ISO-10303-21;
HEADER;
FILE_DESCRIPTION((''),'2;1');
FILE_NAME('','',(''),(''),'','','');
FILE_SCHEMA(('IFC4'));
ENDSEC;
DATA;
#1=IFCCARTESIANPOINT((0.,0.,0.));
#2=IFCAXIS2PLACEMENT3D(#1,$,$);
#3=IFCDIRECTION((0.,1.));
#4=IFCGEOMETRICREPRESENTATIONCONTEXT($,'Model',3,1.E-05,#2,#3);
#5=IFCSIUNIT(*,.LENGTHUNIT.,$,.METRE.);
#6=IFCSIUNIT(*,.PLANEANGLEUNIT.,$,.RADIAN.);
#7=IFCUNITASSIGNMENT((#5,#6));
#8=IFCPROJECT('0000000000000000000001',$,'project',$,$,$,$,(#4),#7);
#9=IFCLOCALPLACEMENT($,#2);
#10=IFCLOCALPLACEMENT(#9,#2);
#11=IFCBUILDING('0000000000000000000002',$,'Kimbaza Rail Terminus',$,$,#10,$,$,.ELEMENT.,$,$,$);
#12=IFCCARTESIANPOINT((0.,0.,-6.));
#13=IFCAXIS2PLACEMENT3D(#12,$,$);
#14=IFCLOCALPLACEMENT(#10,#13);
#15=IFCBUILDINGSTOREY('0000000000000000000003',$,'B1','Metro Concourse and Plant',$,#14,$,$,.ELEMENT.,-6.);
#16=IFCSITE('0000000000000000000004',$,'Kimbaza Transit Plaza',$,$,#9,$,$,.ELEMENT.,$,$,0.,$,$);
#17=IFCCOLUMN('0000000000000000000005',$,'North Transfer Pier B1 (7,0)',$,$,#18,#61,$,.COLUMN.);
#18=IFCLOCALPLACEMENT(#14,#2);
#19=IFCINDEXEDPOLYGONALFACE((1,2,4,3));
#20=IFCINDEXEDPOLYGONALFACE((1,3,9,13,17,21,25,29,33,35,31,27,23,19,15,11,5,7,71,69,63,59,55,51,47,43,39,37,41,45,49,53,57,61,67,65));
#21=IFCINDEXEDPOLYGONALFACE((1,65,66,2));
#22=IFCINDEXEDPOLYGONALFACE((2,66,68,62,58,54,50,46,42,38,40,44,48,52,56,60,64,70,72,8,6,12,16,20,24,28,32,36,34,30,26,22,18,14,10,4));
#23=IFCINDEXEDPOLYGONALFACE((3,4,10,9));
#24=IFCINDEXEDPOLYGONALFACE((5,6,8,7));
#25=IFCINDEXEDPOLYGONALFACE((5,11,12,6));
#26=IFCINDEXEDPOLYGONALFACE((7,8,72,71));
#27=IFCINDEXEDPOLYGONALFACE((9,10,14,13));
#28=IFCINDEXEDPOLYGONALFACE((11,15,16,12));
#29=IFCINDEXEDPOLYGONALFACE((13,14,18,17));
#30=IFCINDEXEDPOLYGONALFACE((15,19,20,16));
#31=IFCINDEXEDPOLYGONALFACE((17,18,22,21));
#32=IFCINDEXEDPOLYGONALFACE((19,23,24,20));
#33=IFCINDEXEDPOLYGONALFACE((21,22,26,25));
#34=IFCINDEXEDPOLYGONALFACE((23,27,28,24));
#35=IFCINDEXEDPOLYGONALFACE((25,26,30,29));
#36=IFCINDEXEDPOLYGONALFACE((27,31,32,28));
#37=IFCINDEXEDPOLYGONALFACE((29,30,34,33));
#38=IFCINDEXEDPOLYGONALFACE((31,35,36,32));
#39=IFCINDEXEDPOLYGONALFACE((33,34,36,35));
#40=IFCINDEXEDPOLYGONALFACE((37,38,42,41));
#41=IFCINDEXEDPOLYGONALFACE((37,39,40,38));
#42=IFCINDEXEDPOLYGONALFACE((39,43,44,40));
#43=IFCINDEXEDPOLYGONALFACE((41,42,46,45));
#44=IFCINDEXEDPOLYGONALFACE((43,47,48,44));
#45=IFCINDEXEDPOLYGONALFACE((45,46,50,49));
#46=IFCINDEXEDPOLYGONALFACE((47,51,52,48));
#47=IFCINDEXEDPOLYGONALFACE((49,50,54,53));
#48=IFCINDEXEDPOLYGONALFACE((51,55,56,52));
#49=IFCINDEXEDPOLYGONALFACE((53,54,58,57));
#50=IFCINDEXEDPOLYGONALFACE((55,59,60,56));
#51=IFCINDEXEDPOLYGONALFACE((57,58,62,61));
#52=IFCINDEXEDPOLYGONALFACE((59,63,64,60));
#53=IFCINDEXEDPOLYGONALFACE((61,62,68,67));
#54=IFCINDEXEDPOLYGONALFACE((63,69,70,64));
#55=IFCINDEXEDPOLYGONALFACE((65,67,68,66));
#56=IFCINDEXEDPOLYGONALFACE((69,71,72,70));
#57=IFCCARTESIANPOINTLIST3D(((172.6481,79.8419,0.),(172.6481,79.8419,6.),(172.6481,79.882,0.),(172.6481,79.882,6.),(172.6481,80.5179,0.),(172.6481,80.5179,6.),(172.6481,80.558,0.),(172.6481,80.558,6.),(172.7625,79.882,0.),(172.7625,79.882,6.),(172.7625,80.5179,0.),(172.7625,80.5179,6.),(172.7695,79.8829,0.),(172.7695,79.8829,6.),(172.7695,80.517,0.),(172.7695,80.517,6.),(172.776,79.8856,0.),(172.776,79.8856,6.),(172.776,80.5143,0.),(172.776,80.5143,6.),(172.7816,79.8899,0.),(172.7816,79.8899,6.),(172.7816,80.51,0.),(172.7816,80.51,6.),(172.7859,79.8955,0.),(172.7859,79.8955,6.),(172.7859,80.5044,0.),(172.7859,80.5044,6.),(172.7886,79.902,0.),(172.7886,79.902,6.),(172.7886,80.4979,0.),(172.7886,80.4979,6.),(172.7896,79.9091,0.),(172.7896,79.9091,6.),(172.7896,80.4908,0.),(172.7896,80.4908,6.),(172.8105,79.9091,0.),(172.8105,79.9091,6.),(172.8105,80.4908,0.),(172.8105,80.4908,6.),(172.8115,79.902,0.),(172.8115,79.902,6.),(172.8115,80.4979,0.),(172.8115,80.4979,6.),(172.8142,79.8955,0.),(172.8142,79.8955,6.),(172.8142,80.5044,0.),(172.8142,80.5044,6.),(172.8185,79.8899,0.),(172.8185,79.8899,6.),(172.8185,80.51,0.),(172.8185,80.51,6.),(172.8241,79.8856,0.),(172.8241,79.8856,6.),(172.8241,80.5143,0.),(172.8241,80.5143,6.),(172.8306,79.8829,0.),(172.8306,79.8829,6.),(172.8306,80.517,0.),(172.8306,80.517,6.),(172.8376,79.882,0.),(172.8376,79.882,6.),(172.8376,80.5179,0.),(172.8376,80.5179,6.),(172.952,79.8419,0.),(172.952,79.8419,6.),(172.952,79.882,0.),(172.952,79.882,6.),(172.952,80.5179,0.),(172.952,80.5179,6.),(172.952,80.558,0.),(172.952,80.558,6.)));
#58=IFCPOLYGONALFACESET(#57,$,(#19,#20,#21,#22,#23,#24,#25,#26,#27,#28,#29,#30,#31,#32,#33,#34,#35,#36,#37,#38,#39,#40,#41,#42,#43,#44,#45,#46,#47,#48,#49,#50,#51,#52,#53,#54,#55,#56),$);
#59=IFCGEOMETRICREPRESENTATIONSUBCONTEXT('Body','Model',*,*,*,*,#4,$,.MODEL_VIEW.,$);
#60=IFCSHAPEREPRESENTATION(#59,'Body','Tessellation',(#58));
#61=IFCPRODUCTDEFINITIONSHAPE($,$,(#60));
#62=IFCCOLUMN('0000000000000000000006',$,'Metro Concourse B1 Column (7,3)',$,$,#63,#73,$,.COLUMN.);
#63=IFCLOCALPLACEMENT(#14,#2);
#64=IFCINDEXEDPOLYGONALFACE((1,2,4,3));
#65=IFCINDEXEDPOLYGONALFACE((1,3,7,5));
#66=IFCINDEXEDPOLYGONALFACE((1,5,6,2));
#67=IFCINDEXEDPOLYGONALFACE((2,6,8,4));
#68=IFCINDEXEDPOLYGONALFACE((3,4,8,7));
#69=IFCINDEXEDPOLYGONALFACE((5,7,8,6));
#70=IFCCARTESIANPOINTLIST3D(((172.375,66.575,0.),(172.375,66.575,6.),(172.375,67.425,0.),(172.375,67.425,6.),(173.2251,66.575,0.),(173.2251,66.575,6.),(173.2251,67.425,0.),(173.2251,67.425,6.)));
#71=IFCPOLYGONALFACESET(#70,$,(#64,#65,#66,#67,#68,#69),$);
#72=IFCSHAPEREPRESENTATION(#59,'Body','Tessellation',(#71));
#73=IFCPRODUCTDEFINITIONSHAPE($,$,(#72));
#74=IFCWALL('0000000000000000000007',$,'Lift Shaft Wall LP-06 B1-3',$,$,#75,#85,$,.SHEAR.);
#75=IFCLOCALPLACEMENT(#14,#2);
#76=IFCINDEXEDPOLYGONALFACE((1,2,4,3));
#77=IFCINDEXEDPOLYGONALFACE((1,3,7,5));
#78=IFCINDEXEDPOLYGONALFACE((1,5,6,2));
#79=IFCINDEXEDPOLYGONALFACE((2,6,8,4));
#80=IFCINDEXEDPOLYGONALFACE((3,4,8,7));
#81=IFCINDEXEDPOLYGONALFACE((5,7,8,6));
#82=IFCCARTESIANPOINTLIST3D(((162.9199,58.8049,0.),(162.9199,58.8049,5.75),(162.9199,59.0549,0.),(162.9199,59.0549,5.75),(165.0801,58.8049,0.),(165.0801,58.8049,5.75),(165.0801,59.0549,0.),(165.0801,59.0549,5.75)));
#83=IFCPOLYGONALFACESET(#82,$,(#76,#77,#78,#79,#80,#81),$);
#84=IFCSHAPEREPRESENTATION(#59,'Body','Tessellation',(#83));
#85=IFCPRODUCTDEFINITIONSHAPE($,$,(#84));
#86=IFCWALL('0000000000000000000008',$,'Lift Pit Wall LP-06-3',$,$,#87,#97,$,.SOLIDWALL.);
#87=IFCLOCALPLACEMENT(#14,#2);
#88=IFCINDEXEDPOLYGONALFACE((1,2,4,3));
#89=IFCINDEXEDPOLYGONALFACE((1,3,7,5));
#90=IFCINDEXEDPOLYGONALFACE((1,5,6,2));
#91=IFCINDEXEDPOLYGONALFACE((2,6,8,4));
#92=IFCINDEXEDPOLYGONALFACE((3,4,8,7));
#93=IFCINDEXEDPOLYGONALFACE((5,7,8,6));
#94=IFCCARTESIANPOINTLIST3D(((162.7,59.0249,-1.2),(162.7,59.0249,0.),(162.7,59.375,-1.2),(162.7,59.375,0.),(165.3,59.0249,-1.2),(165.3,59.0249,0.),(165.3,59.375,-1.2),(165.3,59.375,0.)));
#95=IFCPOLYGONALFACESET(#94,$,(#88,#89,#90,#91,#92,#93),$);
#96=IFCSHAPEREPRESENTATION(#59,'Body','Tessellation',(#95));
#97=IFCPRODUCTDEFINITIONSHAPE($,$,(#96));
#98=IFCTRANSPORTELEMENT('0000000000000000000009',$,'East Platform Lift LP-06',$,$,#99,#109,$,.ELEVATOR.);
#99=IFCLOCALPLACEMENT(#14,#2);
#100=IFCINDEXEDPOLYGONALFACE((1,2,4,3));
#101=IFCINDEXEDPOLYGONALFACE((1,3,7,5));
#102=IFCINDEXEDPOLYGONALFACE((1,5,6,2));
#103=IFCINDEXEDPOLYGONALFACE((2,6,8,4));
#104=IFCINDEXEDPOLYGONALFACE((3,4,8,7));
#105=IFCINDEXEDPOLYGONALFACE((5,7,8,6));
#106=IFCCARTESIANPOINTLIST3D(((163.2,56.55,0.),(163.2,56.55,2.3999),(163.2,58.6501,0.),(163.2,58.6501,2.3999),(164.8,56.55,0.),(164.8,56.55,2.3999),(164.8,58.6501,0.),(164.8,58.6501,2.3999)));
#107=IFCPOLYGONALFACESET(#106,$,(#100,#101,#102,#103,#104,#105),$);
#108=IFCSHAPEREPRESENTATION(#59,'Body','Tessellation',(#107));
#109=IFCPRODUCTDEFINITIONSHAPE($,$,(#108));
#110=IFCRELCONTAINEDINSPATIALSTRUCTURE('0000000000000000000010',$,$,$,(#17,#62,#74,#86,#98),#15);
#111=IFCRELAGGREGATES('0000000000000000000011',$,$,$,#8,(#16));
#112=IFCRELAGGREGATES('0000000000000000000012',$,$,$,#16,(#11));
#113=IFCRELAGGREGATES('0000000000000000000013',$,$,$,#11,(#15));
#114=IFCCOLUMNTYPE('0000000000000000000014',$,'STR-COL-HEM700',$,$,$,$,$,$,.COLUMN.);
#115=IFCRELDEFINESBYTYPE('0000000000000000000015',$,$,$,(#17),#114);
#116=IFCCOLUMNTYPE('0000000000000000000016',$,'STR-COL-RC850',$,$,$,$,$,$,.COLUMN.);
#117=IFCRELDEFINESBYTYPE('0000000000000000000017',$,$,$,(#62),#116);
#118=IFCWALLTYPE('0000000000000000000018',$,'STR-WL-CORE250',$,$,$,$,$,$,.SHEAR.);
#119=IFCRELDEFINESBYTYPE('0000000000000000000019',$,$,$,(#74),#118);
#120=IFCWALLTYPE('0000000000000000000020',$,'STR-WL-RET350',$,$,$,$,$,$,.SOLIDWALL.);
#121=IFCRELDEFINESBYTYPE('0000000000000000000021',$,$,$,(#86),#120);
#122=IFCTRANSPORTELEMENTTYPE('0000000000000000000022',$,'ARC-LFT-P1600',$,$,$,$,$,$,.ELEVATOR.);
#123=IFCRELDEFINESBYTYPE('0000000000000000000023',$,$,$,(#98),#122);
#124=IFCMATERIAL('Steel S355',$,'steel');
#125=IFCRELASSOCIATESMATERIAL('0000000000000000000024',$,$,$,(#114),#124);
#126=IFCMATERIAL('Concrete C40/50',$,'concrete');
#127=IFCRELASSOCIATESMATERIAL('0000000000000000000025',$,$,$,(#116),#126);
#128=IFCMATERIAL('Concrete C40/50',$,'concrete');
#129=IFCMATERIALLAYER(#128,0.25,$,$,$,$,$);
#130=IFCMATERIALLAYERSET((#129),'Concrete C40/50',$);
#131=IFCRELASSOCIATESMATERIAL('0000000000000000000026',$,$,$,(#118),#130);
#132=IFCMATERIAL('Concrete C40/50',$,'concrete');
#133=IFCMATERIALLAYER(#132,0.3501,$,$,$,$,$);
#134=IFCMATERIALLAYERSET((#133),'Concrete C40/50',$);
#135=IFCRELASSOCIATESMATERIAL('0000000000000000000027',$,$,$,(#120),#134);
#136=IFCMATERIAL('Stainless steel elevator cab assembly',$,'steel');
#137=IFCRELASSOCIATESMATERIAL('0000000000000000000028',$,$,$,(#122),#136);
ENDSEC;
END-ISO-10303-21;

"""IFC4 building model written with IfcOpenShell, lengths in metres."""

from ifc_helpers import new_model, si_unit, direction, frame, frame_2d, origin, origin_2d, place, context, subcontext, project, spatial, rectangle, i_section, extrude, material, layer, layer_set, material_profile, profile_set, type_object, element, save


model = new_model("IFC4")

# Units and contexts
model_context = context("Model", 3, precision=1e-05, world=origin(), true_north=direction((0.0, 1.0)))
body_context = subcontext(model_context, "Body", "Model", "MODEL_VIEW")
ifc_project = project(units=[si_unit("LENGTHUNIT", "METRE"), si_unit("PLANEANGLEUNIT", "RADIAN")], contexts=[model_context])

# Site, building, storey
site_placement = place(None, origin())
site = spatial("IfcSite", under=ifc_project, at=site_placement, Name="Kimbaza Transit Plaza", CompositionType="ELEMENT", RefElevation=0.0)
building_placement = place(site_placement, origin())
building = spatial("IfcBuilding", under=site, at=building_placement, Name="Kimbaza Rail Terminus", CompositionType="ELEMENT")
storey_placement = place(building_placement, frame((0.0, 0.0, -6.0)))
storey = spatial("IfcBuildingStorey", under=building, at=storey_placement, Name="B1", Description="Metro Concourse and Plant", CompositionType="ELEMENT", Elevation=-6.0)

# Columns
ifc_material_1 = material(Name="Steel S355", Category="steel")
ifc_material_profile_1 = material_profile(ifc_material_1, i_section(OverallWidth=0.304, OverallDepth=0.7161, WebThickness=0.021, FlangeThickness=0.04, FilletRadius=0.0271, at=origin_2d()), Name="HEM 700")
ifc_profile_set_1 = profile_set([ifc_material_profile_1], Name="Steel S355")
column_type_1 = type_object("IfcColumnType", Name="STR-COL-HEM700", PredefinedType="COLUMN", material=ifc_profile_set_1)
column_1_placement = place(storey_placement, frame((172.8, 80.2, 0.0), z_axis=(0.0, 0.0, 1.0), x_axis=(1.0, 0.0, 0.0)))
element("IfcColumn", 1, at=column_1_placement, inside=storey, type_object=column_type_1, Name="North Transfer Pier B1 (7,0)", PredefinedType="COLUMN", context=body_context, shape_type="SweptSolid", body=[
    extrude(i_section(OverallWidth=0.304, OverallDepth=0.7161, WebThickness=0.021, FlangeThickness=0.04, FilletRadius=0.0271, at=origin_2d()), origin(), (0.0, 0.0, 1.0), 6.0),
])
ifc_material_2 = material(Name="Concrete C40/50", Category="concrete")
ifc_material_profile_2 = material_profile(ifc_material_2, rectangle(XDim=0.8501, YDim=0.8501, at=origin_2d()), Name="RC 850x850")
ifc_profile_set_2 = profile_set([ifc_material_profile_2], Name="Concrete C40/50")
column_type_2 = type_object("IfcColumnType", Name="STR-COL-RC850", PredefinedType="COLUMN", material=ifc_profile_set_2)
column_2_placement = place(storey_placement, frame((172.8, 67.0, 0.0), z_axis=(0.0, 0.0, 1.0), x_axis=(1.0, 0.0, 0.0)))
element("IfcColumn", 2, at=column_2_placement, inside=storey, type_object=column_type_2, Name="Metro Concourse B1 Column (7,3)", PredefinedType="COLUMN", context=body_context, shape_type="SweptSolid", body=[
    extrude(rectangle(XDim=0.8501, YDim=0.8501, at=origin_2d()), origin(), (0.0, 0.0, 1.0), 6.0),
])

# Walls
ifc_material_3 = material(Name="Concrete C40/50", Category="concrete")
ifc_layer_1 = layer(ifc_material_3, 0.25)
ifc_layer_set_1 = layer_set([ifc_layer_1], Name="Concrete C40/50")
wall_type_1 = type_object("IfcWallType", Name="STR-WL-CORE250", PredefinedType="SHEAR", material=ifc_layer_set_1)
wall_1_placement = place(storey_placement, frame((165.0801, 58.9299, 0.0), z_axis=(0.0, 0.0, 1.0), x_axis=(-1.0, 0.0, 0.0)))
element("IfcWall", 3, at=wall_1_placement, inside=storey, type_object=wall_type_1, Name="Lift Shaft Wall LP-06 B1-3", PredefinedType="SHEAR", context=body_context, shape_type="SweptSolid", body=[
    extrude(rectangle(XDim=2.1602, YDim=0.25, at=frame_2d((1.0801, 0.0))), origin(), (0.0, 0.0, 1.0), 5.75),
])
ifc_material_4 = material(Name="Concrete C40/50", Category="concrete")
ifc_layer_2 = layer(ifc_material_4, 0.3501)
ifc_layer_set_2 = layer_set([ifc_layer_2], Name="Concrete C40/50")
wall_type_2 = type_object("IfcWallType", Name="STR-WL-RET350", PredefinedType="SOLIDWALL", material=ifc_layer_set_2)
wall_2_placement = place(storey_placement, frame((165.3, 59.2, -1.2), z_axis=(0.0, 0.0, 1.0), x_axis=(-1.0, 0.0, 0.0)))
element("IfcWall", 4, at=wall_2_placement, inside=storey, type_object=wall_type_2, Name="Lift Pit Wall LP-06-3", PredefinedType="SOLIDWALL", context=body_context, shape_type="SweptSolid", body=[
    extrude(rectangle(XDim=2.6001, YDim=0.3501, at=frame_2d((1.3, 0.0))), origin(), (0.0, 0.0, 1.0), 1.2),
])

# Transport element
ifc_material_5 = material(Name="Stainless steel elevator cab assembly", Category="steel")
transport_element_type = type_object("IfcTransportElementType", Name="ARC-LFT-P1600", PredefinedType="ELEVATOR", material=ifc_material_5)
transport_element_placement = place(storey_placement, frame((164.0, 57.6001, 0.0), z_axis=(0.0, 0.0, 1.0), x_axis=(1.0, 0.0, 0.0)))
element("IfcTransportElement", 5, at=transport_element_placement, inside=storey, type_object=transport_element_type, Name="East Platform Lift LP-06", PredefinedType="ELEVATOR", context=body_context, shape_type="SweptSolid", body=[
    extrude(rectangle(XDim=1.6001, YDim=2.1001, at=origin_2d()), origin(), (0.0, 0.0, 1.0), 2.3999),
])

save(model, "model.ifc")
